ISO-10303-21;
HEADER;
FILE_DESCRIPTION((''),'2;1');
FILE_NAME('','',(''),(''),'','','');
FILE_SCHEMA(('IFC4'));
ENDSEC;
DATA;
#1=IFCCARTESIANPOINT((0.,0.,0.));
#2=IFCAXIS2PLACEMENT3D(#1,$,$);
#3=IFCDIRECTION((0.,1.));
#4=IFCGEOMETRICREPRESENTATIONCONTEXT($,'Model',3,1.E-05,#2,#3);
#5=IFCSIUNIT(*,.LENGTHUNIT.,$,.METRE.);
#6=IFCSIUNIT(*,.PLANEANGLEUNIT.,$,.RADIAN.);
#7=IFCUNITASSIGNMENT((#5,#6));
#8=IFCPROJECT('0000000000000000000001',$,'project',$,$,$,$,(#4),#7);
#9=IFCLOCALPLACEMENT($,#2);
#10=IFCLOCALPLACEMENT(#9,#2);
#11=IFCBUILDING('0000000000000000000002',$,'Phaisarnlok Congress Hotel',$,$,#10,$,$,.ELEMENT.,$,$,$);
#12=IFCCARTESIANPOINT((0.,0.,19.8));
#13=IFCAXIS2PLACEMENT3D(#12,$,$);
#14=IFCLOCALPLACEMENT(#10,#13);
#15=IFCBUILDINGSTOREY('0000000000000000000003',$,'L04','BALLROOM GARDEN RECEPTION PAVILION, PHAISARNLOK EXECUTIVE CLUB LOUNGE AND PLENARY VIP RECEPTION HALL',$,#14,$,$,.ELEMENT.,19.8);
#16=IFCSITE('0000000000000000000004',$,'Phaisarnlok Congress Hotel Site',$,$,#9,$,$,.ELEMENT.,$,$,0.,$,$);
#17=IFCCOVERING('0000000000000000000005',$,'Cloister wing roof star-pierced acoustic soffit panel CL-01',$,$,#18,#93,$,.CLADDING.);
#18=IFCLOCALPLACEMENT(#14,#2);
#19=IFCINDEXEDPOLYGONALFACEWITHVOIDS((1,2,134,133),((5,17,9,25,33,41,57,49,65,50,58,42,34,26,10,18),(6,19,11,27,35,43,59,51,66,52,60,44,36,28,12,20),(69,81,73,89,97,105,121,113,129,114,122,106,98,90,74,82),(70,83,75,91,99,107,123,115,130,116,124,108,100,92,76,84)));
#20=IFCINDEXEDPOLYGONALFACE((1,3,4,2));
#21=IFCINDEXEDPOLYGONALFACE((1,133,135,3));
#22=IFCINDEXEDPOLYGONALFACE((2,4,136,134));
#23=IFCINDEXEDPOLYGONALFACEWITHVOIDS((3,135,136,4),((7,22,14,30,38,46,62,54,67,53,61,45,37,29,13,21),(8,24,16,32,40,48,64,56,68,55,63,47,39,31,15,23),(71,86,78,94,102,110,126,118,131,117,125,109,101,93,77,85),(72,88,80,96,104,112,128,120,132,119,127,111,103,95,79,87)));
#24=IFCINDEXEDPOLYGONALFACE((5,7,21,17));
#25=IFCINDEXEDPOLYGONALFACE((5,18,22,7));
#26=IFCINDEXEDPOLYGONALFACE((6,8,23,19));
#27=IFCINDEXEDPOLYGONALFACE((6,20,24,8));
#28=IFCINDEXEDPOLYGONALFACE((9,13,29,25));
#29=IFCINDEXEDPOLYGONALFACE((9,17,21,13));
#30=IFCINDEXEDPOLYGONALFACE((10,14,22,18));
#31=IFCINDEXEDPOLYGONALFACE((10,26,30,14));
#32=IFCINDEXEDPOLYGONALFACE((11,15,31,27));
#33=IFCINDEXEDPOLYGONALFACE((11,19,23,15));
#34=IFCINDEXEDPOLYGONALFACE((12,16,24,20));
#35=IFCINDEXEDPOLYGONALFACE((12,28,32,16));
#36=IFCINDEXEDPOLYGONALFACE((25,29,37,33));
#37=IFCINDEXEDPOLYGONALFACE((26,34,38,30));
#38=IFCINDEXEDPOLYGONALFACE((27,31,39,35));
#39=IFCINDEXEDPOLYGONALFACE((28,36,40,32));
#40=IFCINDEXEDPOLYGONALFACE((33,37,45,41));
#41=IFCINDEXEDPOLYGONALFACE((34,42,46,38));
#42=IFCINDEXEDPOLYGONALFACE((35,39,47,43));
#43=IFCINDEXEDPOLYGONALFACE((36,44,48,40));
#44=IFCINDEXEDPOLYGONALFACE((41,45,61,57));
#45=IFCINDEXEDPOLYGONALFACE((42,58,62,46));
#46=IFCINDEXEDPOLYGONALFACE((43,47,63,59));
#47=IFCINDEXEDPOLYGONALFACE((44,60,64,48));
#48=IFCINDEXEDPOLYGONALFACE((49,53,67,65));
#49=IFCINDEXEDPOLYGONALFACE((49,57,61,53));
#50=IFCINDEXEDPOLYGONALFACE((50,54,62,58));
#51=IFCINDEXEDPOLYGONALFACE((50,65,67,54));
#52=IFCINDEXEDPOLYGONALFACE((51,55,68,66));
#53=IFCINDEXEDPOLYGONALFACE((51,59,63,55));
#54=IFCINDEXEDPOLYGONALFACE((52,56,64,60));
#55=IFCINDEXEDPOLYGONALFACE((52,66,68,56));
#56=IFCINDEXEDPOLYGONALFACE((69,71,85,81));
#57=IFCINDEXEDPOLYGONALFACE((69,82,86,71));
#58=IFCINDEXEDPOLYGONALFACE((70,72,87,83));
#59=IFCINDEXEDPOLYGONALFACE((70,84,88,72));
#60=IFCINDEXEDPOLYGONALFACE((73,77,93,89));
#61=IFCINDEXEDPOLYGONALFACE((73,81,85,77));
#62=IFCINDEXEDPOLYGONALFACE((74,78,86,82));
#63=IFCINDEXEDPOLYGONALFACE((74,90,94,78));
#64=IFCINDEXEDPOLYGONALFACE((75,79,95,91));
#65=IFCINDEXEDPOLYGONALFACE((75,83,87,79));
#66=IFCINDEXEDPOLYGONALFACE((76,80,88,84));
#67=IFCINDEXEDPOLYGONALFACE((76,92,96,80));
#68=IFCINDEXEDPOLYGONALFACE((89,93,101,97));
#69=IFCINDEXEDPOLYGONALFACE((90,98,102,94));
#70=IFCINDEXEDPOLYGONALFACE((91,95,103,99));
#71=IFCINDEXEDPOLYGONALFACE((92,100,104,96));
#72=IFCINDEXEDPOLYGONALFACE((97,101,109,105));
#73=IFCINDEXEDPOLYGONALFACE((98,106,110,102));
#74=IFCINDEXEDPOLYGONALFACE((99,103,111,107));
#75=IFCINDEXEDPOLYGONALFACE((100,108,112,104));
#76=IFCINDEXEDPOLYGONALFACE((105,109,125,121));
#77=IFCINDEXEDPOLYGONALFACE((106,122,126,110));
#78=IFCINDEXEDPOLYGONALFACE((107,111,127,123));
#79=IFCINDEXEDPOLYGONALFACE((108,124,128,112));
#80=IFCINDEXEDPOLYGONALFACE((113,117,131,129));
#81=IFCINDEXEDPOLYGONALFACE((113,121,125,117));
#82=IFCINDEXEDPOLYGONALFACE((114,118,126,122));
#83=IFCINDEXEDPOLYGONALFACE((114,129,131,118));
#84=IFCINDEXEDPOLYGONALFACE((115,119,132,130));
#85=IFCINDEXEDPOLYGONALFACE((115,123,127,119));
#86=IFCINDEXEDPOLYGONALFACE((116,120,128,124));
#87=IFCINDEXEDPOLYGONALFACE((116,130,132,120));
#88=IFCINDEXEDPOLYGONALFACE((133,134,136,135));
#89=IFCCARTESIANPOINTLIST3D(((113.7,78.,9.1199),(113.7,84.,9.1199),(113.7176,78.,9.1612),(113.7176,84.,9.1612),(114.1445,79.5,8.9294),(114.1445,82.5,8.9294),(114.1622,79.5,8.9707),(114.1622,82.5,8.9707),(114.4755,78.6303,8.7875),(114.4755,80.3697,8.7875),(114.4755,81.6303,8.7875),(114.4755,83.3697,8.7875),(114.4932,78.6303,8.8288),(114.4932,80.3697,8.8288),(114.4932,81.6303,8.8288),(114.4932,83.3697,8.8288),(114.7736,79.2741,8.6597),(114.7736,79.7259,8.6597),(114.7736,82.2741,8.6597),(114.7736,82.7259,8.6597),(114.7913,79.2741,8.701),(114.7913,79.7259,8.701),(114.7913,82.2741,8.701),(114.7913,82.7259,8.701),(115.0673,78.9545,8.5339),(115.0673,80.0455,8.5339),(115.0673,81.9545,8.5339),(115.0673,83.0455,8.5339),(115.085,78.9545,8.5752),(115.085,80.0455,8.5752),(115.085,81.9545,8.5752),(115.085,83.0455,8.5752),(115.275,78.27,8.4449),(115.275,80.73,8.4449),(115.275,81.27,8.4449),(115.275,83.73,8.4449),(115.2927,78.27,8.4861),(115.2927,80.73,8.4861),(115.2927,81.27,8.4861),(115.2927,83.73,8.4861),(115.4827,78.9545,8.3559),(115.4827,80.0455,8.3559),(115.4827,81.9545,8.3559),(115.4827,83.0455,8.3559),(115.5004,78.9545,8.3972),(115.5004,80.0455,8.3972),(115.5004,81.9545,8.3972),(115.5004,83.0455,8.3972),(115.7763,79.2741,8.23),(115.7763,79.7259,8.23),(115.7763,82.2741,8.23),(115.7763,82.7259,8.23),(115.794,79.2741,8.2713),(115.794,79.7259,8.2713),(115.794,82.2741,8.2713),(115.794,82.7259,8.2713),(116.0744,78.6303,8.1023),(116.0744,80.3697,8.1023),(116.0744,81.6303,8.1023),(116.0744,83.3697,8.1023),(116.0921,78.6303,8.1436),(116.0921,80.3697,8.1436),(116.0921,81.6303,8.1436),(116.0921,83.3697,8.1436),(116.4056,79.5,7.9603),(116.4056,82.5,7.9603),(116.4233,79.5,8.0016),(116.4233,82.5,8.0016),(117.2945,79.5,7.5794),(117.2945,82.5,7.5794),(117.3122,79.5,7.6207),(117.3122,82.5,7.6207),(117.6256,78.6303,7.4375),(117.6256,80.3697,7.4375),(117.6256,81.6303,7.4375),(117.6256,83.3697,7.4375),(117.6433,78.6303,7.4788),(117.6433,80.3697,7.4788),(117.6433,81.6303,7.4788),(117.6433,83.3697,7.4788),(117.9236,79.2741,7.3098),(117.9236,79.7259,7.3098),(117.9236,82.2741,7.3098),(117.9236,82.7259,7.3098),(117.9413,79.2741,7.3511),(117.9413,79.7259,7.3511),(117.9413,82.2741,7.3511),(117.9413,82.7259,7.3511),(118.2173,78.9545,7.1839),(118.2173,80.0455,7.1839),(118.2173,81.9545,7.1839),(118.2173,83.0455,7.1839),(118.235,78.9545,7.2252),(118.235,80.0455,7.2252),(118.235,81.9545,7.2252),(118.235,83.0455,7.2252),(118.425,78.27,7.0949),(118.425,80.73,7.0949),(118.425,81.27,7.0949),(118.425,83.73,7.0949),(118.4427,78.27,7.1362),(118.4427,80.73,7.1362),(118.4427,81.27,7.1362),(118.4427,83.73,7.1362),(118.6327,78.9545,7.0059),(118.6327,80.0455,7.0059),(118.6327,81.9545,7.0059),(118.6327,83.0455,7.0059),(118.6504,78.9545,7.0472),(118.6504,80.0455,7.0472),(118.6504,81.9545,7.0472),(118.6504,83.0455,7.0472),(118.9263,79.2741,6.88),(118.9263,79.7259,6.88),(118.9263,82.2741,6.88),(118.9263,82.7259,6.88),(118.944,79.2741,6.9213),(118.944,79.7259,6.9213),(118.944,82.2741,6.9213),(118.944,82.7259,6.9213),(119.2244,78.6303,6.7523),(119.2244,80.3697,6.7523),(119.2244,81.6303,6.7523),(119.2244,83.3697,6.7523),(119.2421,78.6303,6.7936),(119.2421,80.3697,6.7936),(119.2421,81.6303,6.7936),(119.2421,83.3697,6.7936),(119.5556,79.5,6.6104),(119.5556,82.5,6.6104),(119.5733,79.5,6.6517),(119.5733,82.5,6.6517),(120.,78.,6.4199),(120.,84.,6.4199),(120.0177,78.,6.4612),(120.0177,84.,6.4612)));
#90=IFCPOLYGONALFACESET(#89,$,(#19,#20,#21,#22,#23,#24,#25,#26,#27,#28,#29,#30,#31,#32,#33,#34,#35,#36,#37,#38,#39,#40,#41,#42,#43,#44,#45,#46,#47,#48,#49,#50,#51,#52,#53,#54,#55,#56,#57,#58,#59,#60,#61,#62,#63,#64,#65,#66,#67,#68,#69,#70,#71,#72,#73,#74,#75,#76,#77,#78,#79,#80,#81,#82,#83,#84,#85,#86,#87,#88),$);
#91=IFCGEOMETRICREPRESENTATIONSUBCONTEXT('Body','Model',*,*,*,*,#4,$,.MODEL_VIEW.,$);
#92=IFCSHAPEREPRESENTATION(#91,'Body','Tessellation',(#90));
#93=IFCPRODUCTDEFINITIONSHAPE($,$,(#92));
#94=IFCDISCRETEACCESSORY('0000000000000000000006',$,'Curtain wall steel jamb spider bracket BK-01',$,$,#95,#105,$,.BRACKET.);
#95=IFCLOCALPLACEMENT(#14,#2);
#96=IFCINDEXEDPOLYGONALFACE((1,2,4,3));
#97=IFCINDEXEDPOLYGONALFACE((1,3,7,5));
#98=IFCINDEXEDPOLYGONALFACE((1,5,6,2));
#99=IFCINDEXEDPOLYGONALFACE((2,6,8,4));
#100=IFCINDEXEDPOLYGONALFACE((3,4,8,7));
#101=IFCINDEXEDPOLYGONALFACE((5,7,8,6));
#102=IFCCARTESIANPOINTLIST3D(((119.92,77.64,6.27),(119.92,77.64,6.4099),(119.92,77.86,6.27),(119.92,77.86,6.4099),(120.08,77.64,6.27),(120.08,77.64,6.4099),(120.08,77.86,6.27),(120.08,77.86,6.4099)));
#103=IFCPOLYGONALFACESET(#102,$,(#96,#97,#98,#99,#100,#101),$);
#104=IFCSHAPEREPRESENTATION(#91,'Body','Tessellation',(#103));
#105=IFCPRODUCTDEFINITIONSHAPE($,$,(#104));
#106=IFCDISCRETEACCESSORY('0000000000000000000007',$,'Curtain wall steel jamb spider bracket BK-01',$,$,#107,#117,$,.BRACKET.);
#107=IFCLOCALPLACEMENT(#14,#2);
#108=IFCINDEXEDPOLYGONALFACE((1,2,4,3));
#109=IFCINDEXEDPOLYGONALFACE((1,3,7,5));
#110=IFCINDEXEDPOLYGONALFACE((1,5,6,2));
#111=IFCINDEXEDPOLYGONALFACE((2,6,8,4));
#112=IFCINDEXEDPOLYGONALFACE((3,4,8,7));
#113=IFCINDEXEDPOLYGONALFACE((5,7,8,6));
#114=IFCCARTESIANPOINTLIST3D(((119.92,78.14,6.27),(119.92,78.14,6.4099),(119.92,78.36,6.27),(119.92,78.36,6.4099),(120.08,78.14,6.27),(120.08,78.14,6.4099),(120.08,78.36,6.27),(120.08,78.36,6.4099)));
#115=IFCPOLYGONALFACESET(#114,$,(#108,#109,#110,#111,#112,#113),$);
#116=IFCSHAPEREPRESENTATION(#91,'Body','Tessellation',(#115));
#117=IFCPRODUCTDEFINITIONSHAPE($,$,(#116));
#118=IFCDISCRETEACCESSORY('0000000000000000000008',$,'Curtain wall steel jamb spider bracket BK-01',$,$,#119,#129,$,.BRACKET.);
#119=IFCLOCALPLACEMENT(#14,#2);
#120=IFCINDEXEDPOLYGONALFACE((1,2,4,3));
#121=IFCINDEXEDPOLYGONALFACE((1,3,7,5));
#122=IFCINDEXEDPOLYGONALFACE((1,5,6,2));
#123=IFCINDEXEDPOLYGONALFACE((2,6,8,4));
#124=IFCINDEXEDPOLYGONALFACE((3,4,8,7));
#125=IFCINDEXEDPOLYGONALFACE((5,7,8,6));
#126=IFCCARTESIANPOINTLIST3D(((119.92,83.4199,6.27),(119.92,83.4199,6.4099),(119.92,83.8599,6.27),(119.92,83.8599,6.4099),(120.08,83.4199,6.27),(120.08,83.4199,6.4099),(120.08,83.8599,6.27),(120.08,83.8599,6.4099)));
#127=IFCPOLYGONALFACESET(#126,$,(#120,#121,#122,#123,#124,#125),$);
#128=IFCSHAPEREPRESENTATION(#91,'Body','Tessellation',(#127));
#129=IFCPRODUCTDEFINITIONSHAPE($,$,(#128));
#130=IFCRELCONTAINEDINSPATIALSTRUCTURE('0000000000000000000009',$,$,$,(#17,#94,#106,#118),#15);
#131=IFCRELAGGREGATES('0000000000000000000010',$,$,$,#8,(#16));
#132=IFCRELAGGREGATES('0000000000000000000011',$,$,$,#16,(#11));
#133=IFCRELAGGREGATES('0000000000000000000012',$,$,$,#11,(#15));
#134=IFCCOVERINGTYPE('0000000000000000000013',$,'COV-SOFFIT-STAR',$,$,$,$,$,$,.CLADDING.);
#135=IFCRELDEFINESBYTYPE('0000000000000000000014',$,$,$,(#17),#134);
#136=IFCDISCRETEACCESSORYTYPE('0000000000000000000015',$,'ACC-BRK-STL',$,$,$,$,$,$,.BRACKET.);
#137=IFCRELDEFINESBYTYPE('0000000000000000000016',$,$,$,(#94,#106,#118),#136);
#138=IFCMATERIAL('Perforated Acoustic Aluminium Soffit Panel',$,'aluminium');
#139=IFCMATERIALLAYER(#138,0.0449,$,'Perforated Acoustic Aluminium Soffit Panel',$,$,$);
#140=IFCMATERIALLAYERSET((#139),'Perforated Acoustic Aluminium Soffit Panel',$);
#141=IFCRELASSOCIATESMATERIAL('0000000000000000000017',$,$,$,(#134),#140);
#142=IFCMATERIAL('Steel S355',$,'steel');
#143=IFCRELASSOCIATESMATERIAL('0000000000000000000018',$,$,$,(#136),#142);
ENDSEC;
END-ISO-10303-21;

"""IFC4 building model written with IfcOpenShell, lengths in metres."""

from ifc_helpers import new_model, si_unit, direction, frame, origin, origin_2d, place, context, subcontext, project, spatial, polyline, rectangle, outline, extrude, material, layer, layer_set, type_object, element, save


model = new_model("IFC4")

# Units and contexts
model_context = context("Model", 3, precision=1e-05, world=origin(), true_north=direction((0.0, 1.0)))
body_context = subcontext(model_context, "Body", "Model", "MODEL_VIEW")
ifc_project = project(units=[si_unit("LENGTHUNIT", "METRE"), si_unit("PLANEANGLEUNIT", "RADIAN")], contexts=[model_context])

# Site, building, storey
site_placement = place(None, origin())
site = spatial("IfcSite", under=ifc_project, at=site_placement, Name="Phaisarnlok Congress Hotel Site", CompositionType="ELEMENT", RefElevation=0.0)
building_placement = place(site_placement, origin())
building = spatial("IfcBuilding", under=site, at=building_placement, Name="Phaisarnlok Congress Hotel", CompositionType="ELEMENT")
storey_placement = place(building_placement, frame((0.0, 0.0, 19.8)))
storey = spatial("IfcBuildingStorey", under=building, at=storey_placement, Name="L04", Description="BALLROOM GARDEN RECEPTION PAVILION, PHAISARNLOK EXECUTIVE CLUB LOUNGE AND PLENARY VIP RECEPTION HALL", CompositionType="ELEMENT", Elevation=19.8)

# Shared definitions
ifc_material_1 = material(Name="Steel S355", Category="steel")

# Covering
ifc_material_2 = material(Name="Perforated Acoustic Aluminium Soffit Panel", Category="aluminium")
ifc_layer_1 = layer(ifc_material_2, 0.0449, Name="Perforated Acoustic Aluminium Soffit Panel")
ifc_layer_set_1 = layer_set([ifc_layer_1], Name="Perforated Acoustic Aluminium Soffit Panel")
covering_type = type_object("IfcCoveringType", Name="COV-SOFFIT-STAR", PredefinedType="CLADDING", material=ifc_layer_set_1)
covering_placement = place(storey_placement, frame((120.0, 78.0, 6.4199), z_axis=(0.393911, 0.0, 0.919149), x_axis=(0.0, 1.0, 0.0)))
element("IfcCovering", 1, at=covering_placement, inside=storey, type_object=covering_type, Name="Cloister wing roof star-pierced acoustic soffit panel CL-01", PredefinedType="CLADDING", context=body_context, shape_type="SweptSolid", body=[
    extrude(outline(polyline([(0.0, 0.0), (6.0, 0.0), (6.0, 6.8542), (0.0, 6.8542), (0.0, 0.0)]), holes=[polyline([(2.0455, 1.4876), (2.3697, 0.8438), (1.7259, 1.1681), (1.5, 0.4835), (1.2741, 1.1681), (0.6303, 0.8438), (0.9545, 1.4876), (0.27, 1.7135), (0.9545, 1.9395), (0.6303, 2.5833), (1.2741, 2.259), (1.5, 2.9435), (1.7259, 2.259), (2.3697, 2.5833), (2.0455, 1.9395), (2.73, 1.7135), (2.0455, 1.4876)]), polyline([(2.0455, 4.9147), (2.3697, 4.2709), (1.7259, 4.5952), (1.5, 3.9106), (1.2741, 4.5952), (0.6303, 4.2709), (0.9545, 4.9147), (0.27, 5.1406), (0.9545, 5.3666), (0.6303, 6.0104), (1.2741, 5.6861), (1.5, 6.3706), (1.7259, 5.6861), (2.3697, 6.0104), (2.0455, 5.3666), (2.73, 5.1406), (2.0455, 4.9147)]), polyline([(5.0455, 1.4876), (5.3697, 0.8438), (4.7259, 1.1681), (4.5, 0.4835), (4.2741, 1.1681), (3.6303, 0.8438), (3.9545, 1.4876), (3.27, 1.7135), (3.9545, 1.9395), (3.6303, 2.5833), (4.2741, 2.259), (4.5, 2.9435), (4.7259, 2.259), (5.3697, 2.5833), (5.0455, 1.9395), (5.73, 1.7135), (5.0455, 1.4876)]), polyline([(5.0455, 4.9147), (5.3697, 4.2709), (4.7259, 4.5952), (4.5, 3.9106), (4.2741, 4.5952), (3.6303, 4.2709), (3.9545, 4.9147), (3.27, 5.1406), (3.9545, 5.3666), (3.6303, 6.0104), (4.2741, 5.6861), (4.5, 6.3706), (4.7259, 5.6861), (5.3697, 6.0104), (5.0455, 5.3666), (5.73, 5.1406), (5.0455, 4.9147)])]), origin(), (0.0, 0.0, 1.0), 0.0449),
])

# Discrete accessories
discrete_accessory_type = type_object("IfcDiscreteAccessoryType", Name="ACC-BRK-STL", PredefinedType="BRACKET", material=ifc_material_1)
for number, where, z_axis, x_axis, name in (
    (2, (120.0, 77.75, 6.27), (0.0, 0.0, 1.0), (1.0, 0.0, 0.0), "Curtain wall steel jamb spider bracket BK-01"),
    (3, (120.0, 78.25, 6.27), (0.0, 0.0, 1.0), (1.0, 0.0, 0.0), "Curtain wall steel jamb spider bracket BK-01"),
):
    element("IfcDiscreteAccessory", number, at=place(storey_placement, frame(where, z_axis=z_axis, x_axis=x_axis)), inside=storey, type_object=discrete_accessory_type, Name=name, PredefinedType="BRACKET", context=body_context, shape_type="SweptSolid", body=[
        extrude(rectangle(XDim=0.1599, YDim=0.22, at=origin_2d()), origin(), (0.0, 0.0, 1.0), 0.1399),
    ])
discrete_accessory_placement = place(storey_placement, frame((120.0, 83.6399, 6.27), z_axis=(0.0, 0.0, 1.0), x_axis=(1.0, 0.0, 0.0)))
element("IfcDiscreteAccessory", 4, at=discrete_accessory_placement, inside=storey, type_object=discrete_accessory_type, Name="Curtain wall steel jamb spider bracket BK-01", PredefinedType="BRACKET", context=body_context, shape_type="SweptSolid", body=[
    extrude(rectangle(XDim=0.1599, YDim=0.4399, at=origin_2d()), origin(), (0.0, 0.0, 1.0), 0.1399),
])

save(model, "model.ifc")
